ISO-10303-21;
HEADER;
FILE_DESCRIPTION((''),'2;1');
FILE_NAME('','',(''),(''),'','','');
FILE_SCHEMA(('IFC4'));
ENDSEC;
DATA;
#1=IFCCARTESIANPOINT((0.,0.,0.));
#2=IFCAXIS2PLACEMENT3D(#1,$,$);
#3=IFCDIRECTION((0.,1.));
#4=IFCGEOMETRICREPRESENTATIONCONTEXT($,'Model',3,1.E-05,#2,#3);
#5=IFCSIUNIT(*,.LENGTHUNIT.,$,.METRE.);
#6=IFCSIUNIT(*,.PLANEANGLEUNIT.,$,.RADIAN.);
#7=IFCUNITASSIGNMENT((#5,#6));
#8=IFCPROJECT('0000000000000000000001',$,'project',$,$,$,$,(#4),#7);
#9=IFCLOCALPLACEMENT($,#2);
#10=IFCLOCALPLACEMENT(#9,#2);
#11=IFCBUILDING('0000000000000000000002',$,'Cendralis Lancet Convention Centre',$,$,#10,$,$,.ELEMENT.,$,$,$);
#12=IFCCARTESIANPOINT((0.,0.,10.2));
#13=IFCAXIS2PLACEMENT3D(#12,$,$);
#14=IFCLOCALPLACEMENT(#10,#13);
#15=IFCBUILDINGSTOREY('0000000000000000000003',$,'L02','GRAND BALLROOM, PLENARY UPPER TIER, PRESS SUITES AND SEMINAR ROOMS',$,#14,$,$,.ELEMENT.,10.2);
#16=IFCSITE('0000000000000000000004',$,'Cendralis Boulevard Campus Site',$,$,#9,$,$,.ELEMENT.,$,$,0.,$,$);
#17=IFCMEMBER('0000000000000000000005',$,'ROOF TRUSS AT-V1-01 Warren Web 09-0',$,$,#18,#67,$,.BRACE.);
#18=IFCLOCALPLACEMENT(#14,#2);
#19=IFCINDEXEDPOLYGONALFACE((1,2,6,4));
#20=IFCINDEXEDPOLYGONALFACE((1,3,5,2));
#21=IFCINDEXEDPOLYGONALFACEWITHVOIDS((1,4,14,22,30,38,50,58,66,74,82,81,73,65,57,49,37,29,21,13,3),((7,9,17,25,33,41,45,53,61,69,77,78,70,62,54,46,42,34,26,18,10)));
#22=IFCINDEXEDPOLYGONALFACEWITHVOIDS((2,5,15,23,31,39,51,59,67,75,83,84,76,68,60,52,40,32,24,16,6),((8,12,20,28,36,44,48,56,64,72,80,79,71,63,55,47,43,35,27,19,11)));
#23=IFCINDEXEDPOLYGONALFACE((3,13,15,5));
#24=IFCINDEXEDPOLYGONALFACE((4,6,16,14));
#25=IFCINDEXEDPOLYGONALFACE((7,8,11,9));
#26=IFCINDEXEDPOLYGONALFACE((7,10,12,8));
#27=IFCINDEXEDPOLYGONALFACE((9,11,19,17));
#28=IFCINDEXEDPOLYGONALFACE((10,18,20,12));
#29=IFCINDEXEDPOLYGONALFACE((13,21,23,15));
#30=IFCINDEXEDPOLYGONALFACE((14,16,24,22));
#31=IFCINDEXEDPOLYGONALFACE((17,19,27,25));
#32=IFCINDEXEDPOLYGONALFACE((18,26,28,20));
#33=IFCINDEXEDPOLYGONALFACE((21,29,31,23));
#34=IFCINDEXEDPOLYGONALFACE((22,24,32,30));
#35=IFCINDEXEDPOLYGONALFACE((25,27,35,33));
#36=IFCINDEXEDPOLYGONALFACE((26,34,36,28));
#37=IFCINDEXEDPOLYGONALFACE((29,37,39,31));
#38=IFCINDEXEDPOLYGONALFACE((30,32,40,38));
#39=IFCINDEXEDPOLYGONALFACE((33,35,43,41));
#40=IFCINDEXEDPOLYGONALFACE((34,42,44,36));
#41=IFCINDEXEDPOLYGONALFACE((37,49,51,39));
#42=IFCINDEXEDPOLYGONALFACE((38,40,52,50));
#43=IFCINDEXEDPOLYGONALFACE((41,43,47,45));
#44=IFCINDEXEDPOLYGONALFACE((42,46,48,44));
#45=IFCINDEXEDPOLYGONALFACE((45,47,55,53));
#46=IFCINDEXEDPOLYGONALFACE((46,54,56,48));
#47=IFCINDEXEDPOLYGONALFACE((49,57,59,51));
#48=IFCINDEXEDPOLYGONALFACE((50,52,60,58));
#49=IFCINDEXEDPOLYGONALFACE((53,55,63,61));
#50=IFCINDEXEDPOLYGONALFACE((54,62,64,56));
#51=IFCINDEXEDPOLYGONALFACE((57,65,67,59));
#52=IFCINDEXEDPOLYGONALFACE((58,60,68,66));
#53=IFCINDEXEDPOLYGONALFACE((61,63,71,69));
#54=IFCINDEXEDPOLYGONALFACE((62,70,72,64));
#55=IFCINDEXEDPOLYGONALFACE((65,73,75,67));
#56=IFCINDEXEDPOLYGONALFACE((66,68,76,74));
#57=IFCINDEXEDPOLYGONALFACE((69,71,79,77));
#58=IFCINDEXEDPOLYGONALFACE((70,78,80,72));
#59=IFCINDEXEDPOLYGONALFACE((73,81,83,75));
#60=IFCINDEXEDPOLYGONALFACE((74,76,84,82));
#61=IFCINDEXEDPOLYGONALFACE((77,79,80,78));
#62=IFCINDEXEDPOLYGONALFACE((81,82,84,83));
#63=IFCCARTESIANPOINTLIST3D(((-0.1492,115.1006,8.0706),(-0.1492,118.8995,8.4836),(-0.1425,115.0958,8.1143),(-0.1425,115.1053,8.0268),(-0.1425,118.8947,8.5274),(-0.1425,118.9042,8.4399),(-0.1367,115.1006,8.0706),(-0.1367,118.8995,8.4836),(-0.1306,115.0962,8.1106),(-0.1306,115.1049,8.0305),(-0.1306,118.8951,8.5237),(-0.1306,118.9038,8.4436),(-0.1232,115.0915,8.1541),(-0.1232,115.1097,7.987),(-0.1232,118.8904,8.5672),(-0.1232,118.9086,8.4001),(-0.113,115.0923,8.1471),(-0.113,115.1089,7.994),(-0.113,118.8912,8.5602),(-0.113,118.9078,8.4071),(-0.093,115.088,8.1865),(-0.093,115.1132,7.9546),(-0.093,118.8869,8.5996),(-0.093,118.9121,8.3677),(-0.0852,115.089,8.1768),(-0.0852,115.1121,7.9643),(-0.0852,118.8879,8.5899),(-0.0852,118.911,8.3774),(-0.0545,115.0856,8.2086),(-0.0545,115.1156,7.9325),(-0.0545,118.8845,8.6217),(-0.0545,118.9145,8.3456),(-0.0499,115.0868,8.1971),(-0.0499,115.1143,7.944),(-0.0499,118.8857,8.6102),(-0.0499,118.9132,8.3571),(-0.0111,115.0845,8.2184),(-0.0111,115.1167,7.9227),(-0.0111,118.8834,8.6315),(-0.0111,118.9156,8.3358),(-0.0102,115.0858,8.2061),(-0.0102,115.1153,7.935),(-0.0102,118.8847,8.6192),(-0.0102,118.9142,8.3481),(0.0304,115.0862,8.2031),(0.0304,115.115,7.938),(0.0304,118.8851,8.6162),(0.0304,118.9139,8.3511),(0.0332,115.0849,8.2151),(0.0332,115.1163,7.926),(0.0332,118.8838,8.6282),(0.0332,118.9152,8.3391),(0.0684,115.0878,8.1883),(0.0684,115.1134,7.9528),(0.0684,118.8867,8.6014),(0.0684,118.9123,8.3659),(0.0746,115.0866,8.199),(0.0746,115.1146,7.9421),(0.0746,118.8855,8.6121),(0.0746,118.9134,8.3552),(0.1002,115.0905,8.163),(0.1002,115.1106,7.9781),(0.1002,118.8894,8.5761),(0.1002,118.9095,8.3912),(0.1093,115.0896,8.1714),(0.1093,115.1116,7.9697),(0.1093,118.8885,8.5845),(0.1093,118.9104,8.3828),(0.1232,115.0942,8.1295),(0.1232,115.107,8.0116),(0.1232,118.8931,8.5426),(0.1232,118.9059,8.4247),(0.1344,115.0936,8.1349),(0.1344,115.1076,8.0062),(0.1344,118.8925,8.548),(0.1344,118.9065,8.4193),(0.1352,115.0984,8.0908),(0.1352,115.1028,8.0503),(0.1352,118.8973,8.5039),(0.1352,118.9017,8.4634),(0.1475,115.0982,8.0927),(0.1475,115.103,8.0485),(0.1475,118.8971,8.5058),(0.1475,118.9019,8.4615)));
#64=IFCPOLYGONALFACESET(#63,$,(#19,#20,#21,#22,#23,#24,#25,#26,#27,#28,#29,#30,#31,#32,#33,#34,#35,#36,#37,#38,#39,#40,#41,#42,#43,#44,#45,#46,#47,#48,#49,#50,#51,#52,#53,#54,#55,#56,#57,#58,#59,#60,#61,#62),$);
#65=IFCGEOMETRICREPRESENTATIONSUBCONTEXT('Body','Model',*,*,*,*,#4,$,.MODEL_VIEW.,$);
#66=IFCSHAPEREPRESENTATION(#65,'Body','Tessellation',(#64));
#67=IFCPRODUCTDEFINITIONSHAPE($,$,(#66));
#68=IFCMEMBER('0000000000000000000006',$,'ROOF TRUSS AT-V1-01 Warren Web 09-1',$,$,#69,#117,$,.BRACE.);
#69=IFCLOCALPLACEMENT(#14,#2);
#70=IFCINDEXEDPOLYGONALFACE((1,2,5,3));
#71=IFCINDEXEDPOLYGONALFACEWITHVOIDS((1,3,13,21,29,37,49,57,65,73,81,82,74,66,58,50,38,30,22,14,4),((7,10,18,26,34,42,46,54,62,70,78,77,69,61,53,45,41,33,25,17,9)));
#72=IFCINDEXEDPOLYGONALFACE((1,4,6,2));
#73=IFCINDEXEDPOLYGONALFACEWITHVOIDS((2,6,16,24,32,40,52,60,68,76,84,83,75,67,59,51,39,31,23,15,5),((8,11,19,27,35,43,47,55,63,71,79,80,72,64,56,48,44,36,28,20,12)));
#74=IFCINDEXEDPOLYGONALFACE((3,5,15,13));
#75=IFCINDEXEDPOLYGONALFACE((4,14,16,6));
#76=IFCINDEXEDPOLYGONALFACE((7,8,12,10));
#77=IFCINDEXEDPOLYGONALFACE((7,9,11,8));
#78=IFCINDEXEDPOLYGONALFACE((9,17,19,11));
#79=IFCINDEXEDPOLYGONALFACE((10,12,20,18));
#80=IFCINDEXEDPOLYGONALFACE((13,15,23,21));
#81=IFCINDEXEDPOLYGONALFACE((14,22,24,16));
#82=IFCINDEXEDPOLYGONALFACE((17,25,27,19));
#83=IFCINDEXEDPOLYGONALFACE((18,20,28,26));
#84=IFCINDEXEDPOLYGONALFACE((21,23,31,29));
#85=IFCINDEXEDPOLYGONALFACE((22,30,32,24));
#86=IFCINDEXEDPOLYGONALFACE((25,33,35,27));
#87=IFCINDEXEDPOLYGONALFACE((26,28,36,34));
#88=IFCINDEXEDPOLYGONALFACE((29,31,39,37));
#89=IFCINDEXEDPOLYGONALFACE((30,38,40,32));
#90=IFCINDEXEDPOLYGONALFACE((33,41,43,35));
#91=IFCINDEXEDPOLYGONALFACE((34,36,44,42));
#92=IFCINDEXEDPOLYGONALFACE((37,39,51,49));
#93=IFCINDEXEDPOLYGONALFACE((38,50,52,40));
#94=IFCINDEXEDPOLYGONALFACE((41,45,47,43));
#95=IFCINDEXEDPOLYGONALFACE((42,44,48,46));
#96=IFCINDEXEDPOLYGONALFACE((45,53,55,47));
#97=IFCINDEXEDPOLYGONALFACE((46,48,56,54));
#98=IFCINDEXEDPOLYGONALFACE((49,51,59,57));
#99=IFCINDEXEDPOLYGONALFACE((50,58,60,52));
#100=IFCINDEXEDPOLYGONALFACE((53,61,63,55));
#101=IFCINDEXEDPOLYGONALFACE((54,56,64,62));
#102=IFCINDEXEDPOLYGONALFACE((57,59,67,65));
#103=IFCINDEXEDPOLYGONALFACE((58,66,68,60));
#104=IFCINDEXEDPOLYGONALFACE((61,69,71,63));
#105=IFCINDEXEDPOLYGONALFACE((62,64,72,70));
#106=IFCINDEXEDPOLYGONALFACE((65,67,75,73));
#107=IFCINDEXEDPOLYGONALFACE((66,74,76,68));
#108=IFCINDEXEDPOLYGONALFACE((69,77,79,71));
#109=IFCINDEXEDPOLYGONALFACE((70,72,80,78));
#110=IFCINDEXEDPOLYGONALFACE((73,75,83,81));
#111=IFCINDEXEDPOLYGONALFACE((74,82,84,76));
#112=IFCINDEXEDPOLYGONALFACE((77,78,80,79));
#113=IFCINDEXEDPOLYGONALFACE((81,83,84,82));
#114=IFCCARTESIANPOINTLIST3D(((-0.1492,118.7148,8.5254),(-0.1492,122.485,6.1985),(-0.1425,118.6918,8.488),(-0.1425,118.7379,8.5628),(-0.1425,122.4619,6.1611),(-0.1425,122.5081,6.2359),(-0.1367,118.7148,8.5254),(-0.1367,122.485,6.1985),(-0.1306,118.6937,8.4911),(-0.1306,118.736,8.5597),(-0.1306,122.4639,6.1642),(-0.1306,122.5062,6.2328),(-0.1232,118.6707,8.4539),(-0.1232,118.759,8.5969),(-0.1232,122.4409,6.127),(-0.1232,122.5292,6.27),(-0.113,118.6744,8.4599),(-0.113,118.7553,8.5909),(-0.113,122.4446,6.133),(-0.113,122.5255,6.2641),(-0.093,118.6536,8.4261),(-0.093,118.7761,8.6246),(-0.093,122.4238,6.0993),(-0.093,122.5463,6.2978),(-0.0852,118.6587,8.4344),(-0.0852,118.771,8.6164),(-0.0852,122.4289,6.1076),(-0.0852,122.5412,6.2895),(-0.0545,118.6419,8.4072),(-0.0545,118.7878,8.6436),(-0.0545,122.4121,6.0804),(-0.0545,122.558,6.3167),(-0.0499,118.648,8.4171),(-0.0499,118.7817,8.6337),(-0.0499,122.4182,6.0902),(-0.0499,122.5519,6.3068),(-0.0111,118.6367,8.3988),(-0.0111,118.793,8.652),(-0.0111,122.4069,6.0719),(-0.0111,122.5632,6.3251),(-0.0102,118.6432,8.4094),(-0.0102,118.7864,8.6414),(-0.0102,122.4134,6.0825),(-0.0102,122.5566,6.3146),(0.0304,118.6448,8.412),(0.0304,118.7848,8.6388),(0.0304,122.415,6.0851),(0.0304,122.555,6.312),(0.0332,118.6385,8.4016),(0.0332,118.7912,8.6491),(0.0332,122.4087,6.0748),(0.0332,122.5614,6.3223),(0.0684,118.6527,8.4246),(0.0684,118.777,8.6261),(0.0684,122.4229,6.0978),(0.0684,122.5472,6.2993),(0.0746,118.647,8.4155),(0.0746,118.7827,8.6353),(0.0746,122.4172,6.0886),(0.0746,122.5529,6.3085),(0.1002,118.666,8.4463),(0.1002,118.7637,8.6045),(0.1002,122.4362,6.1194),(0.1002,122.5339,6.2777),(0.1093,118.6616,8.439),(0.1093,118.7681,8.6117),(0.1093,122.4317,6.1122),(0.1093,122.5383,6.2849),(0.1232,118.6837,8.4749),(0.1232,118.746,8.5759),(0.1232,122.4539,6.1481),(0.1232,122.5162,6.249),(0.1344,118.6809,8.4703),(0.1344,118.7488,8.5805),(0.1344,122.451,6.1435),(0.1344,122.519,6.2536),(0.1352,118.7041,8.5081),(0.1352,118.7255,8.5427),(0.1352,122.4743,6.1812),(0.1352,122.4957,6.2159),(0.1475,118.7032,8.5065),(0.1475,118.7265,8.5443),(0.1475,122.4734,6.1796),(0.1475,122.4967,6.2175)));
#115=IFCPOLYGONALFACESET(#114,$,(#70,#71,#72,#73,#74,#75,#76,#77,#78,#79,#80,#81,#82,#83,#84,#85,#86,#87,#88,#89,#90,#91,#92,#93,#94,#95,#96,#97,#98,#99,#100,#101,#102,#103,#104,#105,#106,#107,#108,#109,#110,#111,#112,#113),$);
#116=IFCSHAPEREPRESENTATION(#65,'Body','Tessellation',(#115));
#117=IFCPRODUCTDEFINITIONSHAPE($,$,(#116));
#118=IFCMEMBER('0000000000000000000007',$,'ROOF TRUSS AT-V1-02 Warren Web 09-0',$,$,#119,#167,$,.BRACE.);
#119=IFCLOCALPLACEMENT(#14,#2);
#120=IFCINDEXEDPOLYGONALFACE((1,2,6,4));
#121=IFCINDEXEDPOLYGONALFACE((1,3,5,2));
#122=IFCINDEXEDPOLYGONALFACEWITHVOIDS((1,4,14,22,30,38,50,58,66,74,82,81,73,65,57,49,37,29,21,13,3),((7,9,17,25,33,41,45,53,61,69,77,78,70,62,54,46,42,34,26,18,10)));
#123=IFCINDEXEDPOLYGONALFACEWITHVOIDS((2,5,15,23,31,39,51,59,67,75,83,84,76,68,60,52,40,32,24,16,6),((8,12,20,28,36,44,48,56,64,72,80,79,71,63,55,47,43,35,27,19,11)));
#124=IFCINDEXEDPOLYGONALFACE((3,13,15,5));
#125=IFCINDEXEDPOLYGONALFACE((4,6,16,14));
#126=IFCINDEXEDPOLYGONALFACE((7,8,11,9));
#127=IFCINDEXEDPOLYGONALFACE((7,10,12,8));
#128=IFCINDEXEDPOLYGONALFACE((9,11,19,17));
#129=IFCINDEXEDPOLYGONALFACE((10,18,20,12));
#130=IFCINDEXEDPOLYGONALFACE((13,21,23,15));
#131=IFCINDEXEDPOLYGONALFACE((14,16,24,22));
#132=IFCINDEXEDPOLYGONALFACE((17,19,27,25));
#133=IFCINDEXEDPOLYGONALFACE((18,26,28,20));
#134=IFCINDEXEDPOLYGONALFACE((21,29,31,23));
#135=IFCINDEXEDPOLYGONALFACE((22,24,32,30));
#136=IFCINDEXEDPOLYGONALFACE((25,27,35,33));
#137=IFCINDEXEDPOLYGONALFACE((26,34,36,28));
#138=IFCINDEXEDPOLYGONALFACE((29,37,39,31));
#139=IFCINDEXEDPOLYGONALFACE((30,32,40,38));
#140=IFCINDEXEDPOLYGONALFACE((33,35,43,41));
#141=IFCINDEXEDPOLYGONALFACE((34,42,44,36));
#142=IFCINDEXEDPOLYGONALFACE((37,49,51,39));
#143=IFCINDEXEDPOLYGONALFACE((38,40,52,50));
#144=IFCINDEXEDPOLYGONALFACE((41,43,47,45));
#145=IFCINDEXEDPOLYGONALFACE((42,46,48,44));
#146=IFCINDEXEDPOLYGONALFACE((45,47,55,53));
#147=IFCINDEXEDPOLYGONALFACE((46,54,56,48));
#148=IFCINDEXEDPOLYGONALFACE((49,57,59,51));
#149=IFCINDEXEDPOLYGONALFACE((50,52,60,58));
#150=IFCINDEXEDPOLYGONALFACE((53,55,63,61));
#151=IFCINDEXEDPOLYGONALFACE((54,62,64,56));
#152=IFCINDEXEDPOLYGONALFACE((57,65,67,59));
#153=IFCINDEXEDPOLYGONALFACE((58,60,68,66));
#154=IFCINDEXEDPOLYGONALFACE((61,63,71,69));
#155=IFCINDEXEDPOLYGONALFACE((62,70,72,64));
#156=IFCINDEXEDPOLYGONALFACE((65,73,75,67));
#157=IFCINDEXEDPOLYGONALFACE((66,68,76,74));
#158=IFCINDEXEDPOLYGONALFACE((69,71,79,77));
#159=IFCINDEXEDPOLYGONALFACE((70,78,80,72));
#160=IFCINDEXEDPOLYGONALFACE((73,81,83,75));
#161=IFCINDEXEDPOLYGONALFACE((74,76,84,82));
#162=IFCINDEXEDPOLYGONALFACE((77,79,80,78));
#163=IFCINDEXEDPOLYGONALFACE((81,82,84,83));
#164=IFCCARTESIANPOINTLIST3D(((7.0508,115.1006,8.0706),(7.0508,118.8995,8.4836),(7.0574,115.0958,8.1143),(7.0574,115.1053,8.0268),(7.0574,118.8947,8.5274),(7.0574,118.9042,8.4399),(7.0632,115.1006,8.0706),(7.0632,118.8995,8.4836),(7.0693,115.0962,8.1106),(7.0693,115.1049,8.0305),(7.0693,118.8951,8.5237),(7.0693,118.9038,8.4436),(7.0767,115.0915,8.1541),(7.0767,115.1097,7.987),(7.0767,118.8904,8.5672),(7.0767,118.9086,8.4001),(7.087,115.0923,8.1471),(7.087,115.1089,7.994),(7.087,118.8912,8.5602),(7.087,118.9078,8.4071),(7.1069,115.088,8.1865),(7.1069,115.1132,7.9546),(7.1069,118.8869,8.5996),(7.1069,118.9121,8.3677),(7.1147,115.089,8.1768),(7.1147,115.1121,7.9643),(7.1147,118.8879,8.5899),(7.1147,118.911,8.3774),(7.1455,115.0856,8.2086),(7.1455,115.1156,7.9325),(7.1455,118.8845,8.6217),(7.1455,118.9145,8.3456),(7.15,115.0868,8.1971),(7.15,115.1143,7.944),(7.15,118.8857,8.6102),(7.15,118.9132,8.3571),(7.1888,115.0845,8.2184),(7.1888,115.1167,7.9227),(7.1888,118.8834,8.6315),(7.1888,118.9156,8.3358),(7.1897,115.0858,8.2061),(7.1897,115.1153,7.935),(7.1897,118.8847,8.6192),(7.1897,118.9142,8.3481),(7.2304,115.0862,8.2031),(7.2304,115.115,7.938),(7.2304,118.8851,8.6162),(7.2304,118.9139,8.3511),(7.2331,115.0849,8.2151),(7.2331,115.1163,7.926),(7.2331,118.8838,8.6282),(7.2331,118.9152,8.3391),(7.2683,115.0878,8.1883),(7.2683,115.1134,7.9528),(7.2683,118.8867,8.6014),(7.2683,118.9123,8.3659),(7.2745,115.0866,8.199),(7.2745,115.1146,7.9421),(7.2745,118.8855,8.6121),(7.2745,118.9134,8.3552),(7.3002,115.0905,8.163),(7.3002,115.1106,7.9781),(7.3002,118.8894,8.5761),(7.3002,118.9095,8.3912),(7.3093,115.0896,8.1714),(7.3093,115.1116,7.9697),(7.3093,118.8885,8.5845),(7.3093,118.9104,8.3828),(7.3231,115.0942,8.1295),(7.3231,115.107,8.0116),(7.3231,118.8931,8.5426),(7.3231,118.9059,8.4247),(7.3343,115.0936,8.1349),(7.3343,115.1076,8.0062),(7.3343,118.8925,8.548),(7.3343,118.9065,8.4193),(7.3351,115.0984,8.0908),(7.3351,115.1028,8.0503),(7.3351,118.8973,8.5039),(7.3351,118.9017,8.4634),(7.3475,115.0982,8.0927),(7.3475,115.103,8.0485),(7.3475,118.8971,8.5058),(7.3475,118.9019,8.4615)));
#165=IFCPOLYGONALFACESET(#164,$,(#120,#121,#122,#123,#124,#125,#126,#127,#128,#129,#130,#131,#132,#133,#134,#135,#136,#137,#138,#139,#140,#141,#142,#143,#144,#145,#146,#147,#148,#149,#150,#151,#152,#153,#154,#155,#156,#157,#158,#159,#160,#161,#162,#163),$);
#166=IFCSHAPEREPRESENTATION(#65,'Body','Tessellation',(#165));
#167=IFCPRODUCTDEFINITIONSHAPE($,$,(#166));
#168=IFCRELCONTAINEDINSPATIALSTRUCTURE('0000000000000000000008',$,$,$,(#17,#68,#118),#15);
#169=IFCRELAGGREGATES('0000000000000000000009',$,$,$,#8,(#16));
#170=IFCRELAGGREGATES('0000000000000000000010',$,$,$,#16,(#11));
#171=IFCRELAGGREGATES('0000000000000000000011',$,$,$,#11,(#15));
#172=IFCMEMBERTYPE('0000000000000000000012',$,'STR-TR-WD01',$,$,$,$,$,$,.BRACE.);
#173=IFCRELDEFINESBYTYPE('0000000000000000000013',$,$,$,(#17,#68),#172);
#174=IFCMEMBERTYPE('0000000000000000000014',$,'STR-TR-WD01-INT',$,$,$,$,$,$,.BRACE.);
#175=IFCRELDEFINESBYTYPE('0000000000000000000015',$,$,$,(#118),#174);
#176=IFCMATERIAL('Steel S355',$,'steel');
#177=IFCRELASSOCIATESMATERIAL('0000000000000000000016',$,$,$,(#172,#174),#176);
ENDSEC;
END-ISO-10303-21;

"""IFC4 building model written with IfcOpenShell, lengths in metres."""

from ifc_helpers import new_model, si_unit, direction, frame, origin, origin_2d, place, context, subcontext, project, spatial, hollow_circle, extrude, material, material_profile, profile_set, type_object, element, save


model = new_model("IFC4")

# Units and contexts
model_context = context("Model", 3, precision=1e-05, world=origin(), true_north=direction((0.0, 1.0)))
body_context = subcontext(model_context, "Body", "Model", "MODEL_VIEW")
ifc_project = project(units=[si_unit("LENGTHUNIT", "METRE"), si_unit("PLANEANGLEUNIT", "RADIAN")], contexts=[model_context])

# Site, building, storey
site_placement = place(None, origin())
site = spatial("IfcSite", under=ifc_project, at=site_placement, Name="Cendralis Boulevard Campus Site", CompositionType="ELEMENT", RefElevation=0.0)
building_placement = place(site_placement, origin())
building = spatial("IfcBuilding", under=site, at=building_placement, Name="Cendralis Lancet Convention Centre", CompositionType="ELEMENT")
storey_placement = place(building_placement, frame((0.0, 0.0, 10.2)))
storey = spatial("IfcBuildingStorey", under=building, at=storey_placement, Name="L02", Description="GRAND BALLROOM, PLENARY UPPER TIER, PRESS SUITES AND SEMINAR ROOMS", CompositionType="ELEMENT", Elevation=10.2)

# Members
ifc_material = material(Name="Steel S355", Category="steel")
ifc_material_profile_1 = material_profile(ifc_material, hollow_circle(Radius=0.1492, WallThickness=0.0125, at=origin_2d()), Name="CHS 298.5x12.5")
ifc_profile_set_1 = profile_set([ifc_material_profile_1], Name="Steel S355")
member_type_1 = type_object("IfcMemberType", Name="STR-TR-WD01", PredefinedType="BRACE", material=ifc_profile_set_1)
member_1_placement = place(storey_placement, frame((0.0, 115.1006, 8.0706), z_axis=(0.0, 0.99414, 0.108103), x_axis=(-1.0, 0.0, 0.0)))
element("IfcMember", 1, at=member_1_placement, inside=storey, type_object=member_type_1, Name="ROOF TRUSS AT-V1-01 Warren Web 09-0", PredefinedType="BRACE", context=body_context, shape_type="SweptSolid", body=[
    extrude(hollow_circle(Radius=0.1492, WallThickness=0.0125, at=origin_2d()), origin(), (0.0, 0.0, 1.0), 3.8213),
])
member_2_placement = place(storey_placement, frame((0.0, 118.7148, 8.5254), z_axis=(0.0, 0.850978, -0.525201), x_axis=(-1.0, 0.0, 0.0)))
element("IfcMember", 2, at=member_2_placement, inside=storey, type_object=member_type_1, Name="ROOF TRUSS AT-V1-01 Warren Web 09-1", PredefinedType="BRACE", context=body_context, shape_type="SweptSolid", body=[
    extrude(hollow_circle(Radius=0.1492, WallThickness=0.0125, at=origin_2d()), origin(), (0.0, 0.0, 1.0), 4.4304),
])
ifc_material_profile_2 = material_profile(ifc_material, hollow_circle(Radius=0.1492, WallThickness=0.0125, at=origin_2d()), Name="CHS 298.5x12.5")
ifc_profile_set_2 = profile_set([ifc_material_profile_2], Name="Steel S355")
member_type_2 = type_object("IfcMemberType", Name="STR-TR-WD01-INT", PredefinedType="BRACE", material=ifc_profile_set_2)
member_3_placement = place(storey_placement, frame((7.2, 115.1006, 8.0706), z_axis=(0.0, 0.99414, 0.108103), x_axis=(-1.0, 0.0, 0.0)))
element("IfcMember", 3, at=member_3_placement, inside=storey, type_object=member_type_2, Name="ROOF TRUSS AT-V1-02 Warren Web 09-0", PredefinedType="BRACE", context=body_context, shape_type="SweptSolid", body=[
    extrude(hollow_circle(Radius=0.1492, WallThickness=0.0125, at=origin_2d()), origin(), (0.0, 0.0, 1.0), 3.8213),
])

save(model, "model.ifc")
